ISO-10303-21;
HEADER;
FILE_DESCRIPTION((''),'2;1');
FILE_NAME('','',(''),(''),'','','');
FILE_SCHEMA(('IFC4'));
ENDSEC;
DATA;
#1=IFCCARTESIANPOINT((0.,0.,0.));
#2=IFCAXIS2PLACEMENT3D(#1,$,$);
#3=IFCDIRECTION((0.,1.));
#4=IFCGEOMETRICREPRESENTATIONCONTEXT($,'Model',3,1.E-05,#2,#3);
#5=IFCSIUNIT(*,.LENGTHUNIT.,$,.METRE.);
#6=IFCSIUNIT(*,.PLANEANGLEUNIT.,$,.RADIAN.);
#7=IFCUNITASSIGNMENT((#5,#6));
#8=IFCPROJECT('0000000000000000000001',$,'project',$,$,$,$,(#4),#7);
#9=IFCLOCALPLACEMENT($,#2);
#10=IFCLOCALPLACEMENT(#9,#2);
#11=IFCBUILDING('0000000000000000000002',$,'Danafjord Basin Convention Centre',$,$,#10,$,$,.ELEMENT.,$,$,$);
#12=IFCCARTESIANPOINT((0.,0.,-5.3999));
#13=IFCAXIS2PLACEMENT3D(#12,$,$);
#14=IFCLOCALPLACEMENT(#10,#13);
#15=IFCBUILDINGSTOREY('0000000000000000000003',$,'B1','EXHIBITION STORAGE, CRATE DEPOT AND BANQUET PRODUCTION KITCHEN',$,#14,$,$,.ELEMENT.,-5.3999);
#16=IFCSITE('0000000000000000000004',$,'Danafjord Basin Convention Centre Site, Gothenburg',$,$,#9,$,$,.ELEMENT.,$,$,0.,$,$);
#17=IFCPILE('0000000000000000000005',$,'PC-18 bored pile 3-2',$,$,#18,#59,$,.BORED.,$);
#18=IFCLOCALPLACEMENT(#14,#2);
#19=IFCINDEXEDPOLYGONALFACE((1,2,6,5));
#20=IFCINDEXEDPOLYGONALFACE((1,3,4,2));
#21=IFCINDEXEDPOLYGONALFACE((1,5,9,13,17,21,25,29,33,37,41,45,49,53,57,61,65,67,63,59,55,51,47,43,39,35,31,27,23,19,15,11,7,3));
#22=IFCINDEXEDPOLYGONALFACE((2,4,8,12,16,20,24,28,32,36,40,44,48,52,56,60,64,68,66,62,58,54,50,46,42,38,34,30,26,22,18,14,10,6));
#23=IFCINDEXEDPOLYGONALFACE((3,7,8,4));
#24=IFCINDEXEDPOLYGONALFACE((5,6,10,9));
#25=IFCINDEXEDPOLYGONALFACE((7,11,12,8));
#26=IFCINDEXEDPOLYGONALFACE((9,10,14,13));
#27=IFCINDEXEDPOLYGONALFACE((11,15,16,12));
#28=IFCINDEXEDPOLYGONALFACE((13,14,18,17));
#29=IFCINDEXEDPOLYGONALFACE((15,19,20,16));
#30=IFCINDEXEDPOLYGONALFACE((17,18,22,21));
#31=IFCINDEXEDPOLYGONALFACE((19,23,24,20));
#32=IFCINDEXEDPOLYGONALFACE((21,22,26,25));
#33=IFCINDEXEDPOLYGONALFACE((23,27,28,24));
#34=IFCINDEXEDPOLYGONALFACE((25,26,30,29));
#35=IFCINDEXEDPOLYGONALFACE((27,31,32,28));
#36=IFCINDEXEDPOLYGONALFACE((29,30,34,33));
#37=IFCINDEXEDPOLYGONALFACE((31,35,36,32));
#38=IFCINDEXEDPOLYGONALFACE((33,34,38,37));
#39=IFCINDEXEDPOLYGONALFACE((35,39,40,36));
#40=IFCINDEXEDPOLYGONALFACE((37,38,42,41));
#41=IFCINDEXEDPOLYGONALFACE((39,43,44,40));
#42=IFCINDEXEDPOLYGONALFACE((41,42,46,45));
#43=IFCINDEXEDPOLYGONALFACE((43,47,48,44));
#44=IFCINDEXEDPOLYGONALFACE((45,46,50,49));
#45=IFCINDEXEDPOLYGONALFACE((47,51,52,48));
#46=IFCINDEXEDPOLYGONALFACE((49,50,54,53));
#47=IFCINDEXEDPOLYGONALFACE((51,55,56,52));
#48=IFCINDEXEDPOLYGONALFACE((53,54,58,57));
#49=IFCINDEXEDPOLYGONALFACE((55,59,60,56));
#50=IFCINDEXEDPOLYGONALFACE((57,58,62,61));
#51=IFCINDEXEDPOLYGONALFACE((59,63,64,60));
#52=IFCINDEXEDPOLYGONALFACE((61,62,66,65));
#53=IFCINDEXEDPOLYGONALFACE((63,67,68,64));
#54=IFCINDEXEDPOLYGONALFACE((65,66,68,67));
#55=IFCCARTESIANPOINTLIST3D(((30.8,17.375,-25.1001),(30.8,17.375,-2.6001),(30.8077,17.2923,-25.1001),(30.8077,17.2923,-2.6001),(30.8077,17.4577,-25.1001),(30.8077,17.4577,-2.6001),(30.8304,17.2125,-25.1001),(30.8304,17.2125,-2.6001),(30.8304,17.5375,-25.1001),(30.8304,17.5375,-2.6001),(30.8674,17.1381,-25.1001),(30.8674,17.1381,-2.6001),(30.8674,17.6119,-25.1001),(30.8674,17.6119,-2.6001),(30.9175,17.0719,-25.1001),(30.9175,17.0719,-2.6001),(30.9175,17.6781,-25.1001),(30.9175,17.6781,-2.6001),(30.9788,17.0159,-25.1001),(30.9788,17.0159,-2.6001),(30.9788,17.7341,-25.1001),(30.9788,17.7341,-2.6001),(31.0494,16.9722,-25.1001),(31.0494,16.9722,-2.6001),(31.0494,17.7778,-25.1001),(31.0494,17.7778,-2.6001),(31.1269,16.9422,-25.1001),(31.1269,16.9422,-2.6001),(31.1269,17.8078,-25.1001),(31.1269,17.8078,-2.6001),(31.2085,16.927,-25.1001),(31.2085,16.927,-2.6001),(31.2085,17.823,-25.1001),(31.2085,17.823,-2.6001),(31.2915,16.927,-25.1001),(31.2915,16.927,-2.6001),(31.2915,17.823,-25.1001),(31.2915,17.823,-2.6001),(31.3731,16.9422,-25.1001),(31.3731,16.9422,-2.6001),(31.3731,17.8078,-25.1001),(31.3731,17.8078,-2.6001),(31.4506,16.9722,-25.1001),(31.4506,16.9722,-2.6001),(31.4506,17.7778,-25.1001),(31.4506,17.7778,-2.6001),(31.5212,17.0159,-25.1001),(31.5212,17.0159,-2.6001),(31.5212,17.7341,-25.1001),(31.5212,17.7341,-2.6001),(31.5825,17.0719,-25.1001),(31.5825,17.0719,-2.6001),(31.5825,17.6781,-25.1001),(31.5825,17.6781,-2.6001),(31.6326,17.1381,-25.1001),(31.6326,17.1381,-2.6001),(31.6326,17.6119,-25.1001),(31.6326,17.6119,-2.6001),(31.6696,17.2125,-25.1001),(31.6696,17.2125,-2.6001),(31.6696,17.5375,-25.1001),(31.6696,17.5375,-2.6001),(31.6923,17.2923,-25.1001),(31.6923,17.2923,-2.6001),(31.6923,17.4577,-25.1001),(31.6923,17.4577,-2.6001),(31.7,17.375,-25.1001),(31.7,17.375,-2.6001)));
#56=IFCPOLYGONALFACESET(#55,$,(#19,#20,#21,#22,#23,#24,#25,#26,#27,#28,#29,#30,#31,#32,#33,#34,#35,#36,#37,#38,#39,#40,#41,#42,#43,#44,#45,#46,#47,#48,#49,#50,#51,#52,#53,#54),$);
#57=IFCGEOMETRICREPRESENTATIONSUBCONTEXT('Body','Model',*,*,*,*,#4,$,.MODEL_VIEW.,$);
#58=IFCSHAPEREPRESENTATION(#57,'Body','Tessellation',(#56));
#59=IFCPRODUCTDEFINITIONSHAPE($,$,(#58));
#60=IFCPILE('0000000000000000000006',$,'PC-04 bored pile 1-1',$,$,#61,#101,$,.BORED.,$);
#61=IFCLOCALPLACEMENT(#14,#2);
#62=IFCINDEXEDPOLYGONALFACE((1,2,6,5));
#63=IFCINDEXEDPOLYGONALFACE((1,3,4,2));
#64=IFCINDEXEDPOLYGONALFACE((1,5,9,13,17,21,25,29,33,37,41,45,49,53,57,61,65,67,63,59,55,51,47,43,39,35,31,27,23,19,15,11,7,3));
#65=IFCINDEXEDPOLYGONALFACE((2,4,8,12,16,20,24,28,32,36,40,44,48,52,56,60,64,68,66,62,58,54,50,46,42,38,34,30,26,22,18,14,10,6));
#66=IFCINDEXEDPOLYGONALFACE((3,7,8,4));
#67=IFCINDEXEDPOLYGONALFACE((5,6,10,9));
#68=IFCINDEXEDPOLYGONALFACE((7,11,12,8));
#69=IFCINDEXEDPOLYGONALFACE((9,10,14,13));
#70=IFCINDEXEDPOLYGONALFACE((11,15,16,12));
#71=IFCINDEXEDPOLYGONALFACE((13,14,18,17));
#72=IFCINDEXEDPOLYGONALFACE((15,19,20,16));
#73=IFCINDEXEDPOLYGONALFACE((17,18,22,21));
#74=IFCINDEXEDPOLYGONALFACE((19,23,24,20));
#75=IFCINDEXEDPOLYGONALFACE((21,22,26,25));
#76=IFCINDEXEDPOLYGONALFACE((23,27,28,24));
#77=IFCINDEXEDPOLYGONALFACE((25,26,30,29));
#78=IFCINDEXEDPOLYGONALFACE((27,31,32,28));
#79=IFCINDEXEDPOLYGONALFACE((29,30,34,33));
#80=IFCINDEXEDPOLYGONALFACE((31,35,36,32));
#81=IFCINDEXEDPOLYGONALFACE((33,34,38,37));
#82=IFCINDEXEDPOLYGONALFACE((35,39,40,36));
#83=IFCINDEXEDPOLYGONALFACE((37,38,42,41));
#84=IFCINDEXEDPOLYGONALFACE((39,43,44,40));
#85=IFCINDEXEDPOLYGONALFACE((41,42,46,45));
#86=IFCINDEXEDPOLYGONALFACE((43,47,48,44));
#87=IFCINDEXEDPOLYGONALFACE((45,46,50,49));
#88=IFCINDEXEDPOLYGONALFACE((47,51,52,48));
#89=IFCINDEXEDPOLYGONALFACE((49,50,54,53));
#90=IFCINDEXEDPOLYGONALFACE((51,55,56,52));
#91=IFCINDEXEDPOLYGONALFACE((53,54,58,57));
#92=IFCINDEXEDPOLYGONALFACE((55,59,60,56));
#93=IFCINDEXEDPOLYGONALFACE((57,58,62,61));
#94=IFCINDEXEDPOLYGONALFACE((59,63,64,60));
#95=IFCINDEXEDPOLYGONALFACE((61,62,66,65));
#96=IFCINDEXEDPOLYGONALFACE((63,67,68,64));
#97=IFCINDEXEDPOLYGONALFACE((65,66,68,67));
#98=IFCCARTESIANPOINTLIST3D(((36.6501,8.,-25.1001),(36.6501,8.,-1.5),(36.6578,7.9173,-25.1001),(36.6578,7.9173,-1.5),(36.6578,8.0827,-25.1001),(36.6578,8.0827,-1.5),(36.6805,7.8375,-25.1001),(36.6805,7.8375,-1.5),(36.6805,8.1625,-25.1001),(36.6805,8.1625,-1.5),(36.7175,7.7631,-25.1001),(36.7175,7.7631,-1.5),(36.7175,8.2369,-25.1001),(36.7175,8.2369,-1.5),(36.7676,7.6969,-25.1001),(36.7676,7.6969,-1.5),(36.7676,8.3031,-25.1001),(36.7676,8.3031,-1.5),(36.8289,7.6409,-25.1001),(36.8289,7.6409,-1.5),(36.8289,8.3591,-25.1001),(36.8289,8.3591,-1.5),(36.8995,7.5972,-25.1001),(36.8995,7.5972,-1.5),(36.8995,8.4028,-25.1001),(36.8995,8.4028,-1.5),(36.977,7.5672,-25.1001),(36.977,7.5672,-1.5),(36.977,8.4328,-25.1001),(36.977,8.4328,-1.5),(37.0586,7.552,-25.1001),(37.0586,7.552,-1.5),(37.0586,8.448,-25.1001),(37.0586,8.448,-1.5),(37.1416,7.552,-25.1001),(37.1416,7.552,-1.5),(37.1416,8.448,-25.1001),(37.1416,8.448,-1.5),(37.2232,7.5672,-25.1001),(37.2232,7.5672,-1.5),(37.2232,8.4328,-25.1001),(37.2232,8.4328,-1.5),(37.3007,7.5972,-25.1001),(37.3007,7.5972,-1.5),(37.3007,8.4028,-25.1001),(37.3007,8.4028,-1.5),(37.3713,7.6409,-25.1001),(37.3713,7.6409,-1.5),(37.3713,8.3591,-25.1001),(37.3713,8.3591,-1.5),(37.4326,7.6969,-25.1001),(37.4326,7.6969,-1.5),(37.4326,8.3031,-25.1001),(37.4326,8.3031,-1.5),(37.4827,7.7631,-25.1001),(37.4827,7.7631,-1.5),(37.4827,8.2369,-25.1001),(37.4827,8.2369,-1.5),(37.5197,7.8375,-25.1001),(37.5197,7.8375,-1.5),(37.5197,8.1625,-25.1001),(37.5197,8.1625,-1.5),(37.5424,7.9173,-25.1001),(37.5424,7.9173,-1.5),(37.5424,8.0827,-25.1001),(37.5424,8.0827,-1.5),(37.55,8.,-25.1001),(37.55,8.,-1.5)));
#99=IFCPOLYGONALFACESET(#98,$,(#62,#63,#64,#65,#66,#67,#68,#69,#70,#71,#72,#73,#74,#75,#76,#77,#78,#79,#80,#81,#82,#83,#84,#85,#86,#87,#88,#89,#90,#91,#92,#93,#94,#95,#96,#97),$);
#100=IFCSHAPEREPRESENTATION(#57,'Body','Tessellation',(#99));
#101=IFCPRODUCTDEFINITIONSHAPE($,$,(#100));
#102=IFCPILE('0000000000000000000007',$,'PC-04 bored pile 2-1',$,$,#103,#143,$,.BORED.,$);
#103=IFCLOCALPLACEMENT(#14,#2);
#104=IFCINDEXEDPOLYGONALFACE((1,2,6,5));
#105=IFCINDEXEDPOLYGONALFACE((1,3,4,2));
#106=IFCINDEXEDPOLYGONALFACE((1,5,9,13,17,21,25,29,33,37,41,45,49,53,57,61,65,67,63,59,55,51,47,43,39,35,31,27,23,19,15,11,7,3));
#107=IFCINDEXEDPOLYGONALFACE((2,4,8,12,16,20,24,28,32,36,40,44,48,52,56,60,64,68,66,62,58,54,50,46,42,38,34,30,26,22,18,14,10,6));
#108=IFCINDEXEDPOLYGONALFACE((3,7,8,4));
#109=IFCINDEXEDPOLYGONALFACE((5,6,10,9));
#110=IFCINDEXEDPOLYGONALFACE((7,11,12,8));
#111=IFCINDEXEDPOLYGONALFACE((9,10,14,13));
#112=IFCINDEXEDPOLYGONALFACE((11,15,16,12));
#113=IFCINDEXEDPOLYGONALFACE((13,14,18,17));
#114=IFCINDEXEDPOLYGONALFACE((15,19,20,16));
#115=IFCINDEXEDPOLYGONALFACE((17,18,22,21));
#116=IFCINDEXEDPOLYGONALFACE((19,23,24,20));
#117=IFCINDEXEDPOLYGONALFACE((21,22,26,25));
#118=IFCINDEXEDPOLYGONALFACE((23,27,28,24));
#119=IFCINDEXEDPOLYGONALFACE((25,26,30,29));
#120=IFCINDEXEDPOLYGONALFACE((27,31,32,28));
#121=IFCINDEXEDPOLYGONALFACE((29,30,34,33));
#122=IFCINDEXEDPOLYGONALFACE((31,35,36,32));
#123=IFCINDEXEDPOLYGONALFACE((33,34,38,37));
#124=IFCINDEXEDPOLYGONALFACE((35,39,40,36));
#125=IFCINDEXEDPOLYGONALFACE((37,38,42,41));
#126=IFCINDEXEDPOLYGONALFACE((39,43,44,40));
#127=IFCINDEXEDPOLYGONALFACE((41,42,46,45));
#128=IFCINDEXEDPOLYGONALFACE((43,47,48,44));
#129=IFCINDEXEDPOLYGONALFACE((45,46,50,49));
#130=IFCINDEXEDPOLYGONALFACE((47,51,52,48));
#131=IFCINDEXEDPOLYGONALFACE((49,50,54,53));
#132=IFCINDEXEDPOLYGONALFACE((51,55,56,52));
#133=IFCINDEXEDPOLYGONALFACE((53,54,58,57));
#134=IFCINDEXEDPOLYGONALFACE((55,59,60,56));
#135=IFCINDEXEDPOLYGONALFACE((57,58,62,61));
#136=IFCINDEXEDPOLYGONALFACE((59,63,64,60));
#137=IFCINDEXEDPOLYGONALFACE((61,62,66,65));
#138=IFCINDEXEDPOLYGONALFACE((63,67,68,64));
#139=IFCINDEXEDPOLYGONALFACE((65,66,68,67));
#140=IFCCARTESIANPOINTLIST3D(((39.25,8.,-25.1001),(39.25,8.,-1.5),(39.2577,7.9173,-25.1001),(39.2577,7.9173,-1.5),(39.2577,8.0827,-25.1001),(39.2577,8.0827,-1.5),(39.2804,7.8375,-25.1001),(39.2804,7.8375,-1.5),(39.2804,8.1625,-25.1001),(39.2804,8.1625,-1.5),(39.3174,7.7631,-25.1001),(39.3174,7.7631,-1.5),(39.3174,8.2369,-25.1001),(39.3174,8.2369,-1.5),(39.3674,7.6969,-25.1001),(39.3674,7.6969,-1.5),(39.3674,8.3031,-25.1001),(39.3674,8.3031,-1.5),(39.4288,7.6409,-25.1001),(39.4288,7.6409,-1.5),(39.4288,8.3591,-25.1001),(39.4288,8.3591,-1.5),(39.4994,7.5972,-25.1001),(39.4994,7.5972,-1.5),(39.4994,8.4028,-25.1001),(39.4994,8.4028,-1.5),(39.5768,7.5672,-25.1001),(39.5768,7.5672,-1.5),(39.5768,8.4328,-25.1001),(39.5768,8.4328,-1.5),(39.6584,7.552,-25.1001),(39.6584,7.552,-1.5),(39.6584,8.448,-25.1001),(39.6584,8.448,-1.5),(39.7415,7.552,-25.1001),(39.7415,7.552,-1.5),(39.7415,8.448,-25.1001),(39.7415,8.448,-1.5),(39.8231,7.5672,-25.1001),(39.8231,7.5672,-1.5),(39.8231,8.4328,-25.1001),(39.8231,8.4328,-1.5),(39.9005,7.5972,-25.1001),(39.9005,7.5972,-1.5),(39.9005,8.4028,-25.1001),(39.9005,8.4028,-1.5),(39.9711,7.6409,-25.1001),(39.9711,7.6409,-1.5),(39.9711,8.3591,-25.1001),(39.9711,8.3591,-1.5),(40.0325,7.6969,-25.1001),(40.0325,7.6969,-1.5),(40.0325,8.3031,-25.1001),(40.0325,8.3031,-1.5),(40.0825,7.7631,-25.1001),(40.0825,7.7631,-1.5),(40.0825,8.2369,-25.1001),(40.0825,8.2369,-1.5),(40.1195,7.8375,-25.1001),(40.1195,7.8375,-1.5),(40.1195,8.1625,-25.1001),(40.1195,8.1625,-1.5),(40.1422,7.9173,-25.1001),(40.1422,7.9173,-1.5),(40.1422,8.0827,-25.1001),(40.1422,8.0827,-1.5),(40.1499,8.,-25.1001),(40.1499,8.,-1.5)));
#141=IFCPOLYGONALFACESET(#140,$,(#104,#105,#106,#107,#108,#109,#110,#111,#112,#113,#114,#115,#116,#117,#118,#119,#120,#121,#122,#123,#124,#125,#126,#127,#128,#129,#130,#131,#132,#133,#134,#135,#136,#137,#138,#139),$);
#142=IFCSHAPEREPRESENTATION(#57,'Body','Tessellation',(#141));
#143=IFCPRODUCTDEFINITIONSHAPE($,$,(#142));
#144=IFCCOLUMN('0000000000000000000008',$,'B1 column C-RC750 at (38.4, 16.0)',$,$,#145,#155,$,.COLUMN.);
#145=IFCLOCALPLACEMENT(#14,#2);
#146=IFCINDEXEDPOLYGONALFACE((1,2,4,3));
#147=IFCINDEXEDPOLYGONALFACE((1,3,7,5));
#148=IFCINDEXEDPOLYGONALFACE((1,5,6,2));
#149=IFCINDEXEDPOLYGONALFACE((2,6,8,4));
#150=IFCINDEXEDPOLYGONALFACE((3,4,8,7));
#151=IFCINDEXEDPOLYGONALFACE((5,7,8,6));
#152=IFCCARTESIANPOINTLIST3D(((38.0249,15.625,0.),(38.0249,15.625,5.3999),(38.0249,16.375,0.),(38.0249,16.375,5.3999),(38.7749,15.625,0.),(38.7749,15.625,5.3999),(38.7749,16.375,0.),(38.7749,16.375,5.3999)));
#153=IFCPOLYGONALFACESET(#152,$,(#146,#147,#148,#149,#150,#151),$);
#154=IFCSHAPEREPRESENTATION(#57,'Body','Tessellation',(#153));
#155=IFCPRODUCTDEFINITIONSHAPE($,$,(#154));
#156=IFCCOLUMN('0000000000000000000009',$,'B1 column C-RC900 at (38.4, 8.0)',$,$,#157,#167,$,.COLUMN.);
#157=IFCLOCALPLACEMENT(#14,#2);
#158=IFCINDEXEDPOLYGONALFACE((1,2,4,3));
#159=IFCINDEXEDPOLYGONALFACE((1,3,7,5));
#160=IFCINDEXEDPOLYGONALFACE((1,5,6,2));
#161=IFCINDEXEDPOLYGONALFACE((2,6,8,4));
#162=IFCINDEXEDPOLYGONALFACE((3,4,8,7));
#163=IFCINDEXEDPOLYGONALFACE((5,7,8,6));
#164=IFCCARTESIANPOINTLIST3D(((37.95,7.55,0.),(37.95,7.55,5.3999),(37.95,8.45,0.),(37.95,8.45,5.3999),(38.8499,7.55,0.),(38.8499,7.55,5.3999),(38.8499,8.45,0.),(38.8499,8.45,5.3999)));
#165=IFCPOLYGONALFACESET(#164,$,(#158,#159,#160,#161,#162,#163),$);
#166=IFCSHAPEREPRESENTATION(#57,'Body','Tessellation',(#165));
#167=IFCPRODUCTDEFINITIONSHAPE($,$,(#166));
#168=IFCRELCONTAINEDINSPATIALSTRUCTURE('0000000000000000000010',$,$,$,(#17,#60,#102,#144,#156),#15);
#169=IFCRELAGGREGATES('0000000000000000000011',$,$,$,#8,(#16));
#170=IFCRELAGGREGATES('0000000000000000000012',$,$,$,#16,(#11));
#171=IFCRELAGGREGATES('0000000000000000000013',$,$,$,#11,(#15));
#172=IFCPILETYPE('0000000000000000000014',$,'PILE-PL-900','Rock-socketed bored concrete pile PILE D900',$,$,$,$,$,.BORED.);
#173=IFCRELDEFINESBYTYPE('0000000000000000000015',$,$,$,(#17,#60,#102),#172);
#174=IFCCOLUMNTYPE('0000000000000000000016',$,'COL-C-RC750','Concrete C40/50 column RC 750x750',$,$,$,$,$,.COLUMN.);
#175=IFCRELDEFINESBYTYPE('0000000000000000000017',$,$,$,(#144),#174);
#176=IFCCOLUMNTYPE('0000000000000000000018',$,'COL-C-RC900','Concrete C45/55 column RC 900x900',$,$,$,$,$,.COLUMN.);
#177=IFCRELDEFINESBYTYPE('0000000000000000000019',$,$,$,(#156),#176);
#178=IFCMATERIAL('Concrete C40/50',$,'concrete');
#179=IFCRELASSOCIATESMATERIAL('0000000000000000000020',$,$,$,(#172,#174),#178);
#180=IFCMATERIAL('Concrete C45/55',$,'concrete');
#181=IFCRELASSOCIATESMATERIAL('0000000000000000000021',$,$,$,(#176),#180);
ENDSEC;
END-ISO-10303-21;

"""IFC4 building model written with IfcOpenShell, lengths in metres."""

from ifc_helpers import new_model, si_unit, direction, frame, origin, origin_2d, place, context, subcontext, project, spatial, rectangle, circle, extrude, material, material_profile, profile_set, type_object, element, save


model = new_model("IFC4")

# Units and contexts
model_context = context("Model", 3, precision=1e-05, world=origin(), true_north=direction((0.0, 1.0)))
body_context = subcontext(model_context, "Body", "Model", "MODEL_VIEW")
ifc_project = project(units=[si_unit("LENGTHUNIT", "METRE"), si_unit("PLANEANGLEUNIT", "RADIAN")], contexts=[model_context])

# Site, building, storey
site_placement = place(None, origin())
site = spatial("IfcSite", under=ifc_project, at=site_placement, Name="Danafjord Basin Convention Centre Site, Gothenburg", CompositionType="ELEMENT", RefElevation=0.0)
building_placement = place(site_placement, origin())
building = spatial("IfcBuilding", under=site, at=building_placement, Name="Danafjord Basin Convention Centre", CompositionType="ELEMENT")
storey_placement = place(building_placement, frame((0.0, 0.0, -5.3999)))
storey = spatial("IfcBuildingStorey", under=building, at=storey_placement, Name="B1", Description="EXHIBITION STORAGE, CRATE DEPOT AND BANQUET PRODUCTION KITCHEN", CompositionType="ELEMENT", Elevation=-5.3999)

# Shared definitions
ifc_material_1 = material(Name="Concrete C40/50", Category="concrete")

# Piles
ifc_material_profile_1 = material_profile(ifc_material_1, circle(Radius=0.45, at=origin_2d()), Name="PILE D900")
ifc_profile_set_1 = profile_set([ifc_material_profile_1], Name="Concrete C40/50")
pile_type_1 = type_object("IfcPileType", Name="PILE-PL-900", Description="Rock-socketed bored concrete pile PILE D900", PredefinedType="BORED", material=ifc_profile_set_1)
for number, where, z_axis, x_axis, name in (
    (1, (31.25, 17.375, -2.6001), (0.0, 0.0, -1.0), (1.0, 0.0, 0.0), "PC-18 bored pile 3-2"),
):
    element("IfcPile", number, at=place(storey_placement, frame(where, z_axis=z_axis, x_axis=x_axis)), inside=storey, type_object=pile_type_1, Name=name, PredefinedType="BORED", context=body_context, shape_type="SweptSolid", body=[
        extrude(circle(Radius=0.45, at=origin_2d()), origin(), (0.0, 0.0, 1.0), 22.5),
    ])
for number, where, z_axis, x_axis, name in (
    (2, (37.1001, 8.0, -1.5), (0.0, 0.0, -1.0), (1.0, 0.0, 0.0), "PC-04 bored pile 1-1"),
    (3, (39.7, 8.0, -1.5), (0.0, 0.0, -1.0), (1.0, 0.0, 0.0), "PC-04 bored pile 2-1"),
):
    element("IfcPile", number, at=place(storey_placement, frame(where, z_axis=z_axis, x_axis=x_axis)), inside=storey, type_object=pile_type_1, Name=name, PredefinedType="BORED", context=body_context, shape_type="SweptSolid", body=[
        extrude(circle(Radius=0.45, at=origin_2d()), origin(), (0.0, 0.0, 1.0), 23.6001),
    ])

# Columns
ifc_material_profile_2 = material_profile(ifc_material_1, rectangle(XDim=0.75, YDim=0.75, at=origin_2d()), Name="RC 750x750")
ifc_profile_set_2 = profile_set([ifc_material_profile_2], Name="Concrete C40/50")
column_type_1 = type_object("IfcColumnType", Name="COL-C-RC750", Description="Concrete C40/50 column RC 750x750", PredefinedType="COLUMN", material=ifc_profile_set_2)
column_1_placement = place(storey_placement, frame((38.3999, 16.0, 0.0), z_axis=(0.0, 0.0, 1.0), x_axis=(1.0, 0.0, 0.0)))
element("IfcColumn", 4, at=column_1_placement, inside=storey, type_object=column_type_1, Name="B1 column C-RC750 at (38.4, 16.0)", PredefinedType="COLUMN", context=body_context, shape_type="SweptSolid", body=[
    extrude(rectangle(XDim=0.75, YDim=0.75, at=origin_2d()), origin(), (0.0, 0.0, 1.0), 5.3999),
])
ifc_material_2 = material(Name="Concrete C45/55", Category="concrete")
ifc_material_profile_3 = material_profile(ifc_material_2, rectangle(XDim=0.8999, YDim=0.8999, at=origin_2d()), Name="RC 900x900")
ifc_profile_set_3 = profile_set([ifc_material_profile_3], Name="Concrete C45/55")
column_type_2 = type_object("IfcColumnType", Name="COL-C-RC900", Description="Concrete C45/55 column RC 900x900", PredefinedType="COLUMN", material=ifc_profile_set_3)
column_2_placement = place(storey_placement, frame((38.3999, 8.0, 0.0), z_axis=(0.0, 0.0, 1.0), x_axis=(1.0, 0.0, 0.0)))
element("IfcColumn", 5, at=column_2_placement, inside=storey, type_object=column_type_2, Name="B1 column C-RC900 at (38.4, 8.0)", PredefinedType="COLUMN", context=body_context, shape_type="SweptSolid", body=[
    extrude(rectangle(XDim=0.8999, YDim=0.8999, at=origin_2d()), origin(), (0.0, 0.0, 1.0), 5.3999),
])

save(model, "model.ifc")
